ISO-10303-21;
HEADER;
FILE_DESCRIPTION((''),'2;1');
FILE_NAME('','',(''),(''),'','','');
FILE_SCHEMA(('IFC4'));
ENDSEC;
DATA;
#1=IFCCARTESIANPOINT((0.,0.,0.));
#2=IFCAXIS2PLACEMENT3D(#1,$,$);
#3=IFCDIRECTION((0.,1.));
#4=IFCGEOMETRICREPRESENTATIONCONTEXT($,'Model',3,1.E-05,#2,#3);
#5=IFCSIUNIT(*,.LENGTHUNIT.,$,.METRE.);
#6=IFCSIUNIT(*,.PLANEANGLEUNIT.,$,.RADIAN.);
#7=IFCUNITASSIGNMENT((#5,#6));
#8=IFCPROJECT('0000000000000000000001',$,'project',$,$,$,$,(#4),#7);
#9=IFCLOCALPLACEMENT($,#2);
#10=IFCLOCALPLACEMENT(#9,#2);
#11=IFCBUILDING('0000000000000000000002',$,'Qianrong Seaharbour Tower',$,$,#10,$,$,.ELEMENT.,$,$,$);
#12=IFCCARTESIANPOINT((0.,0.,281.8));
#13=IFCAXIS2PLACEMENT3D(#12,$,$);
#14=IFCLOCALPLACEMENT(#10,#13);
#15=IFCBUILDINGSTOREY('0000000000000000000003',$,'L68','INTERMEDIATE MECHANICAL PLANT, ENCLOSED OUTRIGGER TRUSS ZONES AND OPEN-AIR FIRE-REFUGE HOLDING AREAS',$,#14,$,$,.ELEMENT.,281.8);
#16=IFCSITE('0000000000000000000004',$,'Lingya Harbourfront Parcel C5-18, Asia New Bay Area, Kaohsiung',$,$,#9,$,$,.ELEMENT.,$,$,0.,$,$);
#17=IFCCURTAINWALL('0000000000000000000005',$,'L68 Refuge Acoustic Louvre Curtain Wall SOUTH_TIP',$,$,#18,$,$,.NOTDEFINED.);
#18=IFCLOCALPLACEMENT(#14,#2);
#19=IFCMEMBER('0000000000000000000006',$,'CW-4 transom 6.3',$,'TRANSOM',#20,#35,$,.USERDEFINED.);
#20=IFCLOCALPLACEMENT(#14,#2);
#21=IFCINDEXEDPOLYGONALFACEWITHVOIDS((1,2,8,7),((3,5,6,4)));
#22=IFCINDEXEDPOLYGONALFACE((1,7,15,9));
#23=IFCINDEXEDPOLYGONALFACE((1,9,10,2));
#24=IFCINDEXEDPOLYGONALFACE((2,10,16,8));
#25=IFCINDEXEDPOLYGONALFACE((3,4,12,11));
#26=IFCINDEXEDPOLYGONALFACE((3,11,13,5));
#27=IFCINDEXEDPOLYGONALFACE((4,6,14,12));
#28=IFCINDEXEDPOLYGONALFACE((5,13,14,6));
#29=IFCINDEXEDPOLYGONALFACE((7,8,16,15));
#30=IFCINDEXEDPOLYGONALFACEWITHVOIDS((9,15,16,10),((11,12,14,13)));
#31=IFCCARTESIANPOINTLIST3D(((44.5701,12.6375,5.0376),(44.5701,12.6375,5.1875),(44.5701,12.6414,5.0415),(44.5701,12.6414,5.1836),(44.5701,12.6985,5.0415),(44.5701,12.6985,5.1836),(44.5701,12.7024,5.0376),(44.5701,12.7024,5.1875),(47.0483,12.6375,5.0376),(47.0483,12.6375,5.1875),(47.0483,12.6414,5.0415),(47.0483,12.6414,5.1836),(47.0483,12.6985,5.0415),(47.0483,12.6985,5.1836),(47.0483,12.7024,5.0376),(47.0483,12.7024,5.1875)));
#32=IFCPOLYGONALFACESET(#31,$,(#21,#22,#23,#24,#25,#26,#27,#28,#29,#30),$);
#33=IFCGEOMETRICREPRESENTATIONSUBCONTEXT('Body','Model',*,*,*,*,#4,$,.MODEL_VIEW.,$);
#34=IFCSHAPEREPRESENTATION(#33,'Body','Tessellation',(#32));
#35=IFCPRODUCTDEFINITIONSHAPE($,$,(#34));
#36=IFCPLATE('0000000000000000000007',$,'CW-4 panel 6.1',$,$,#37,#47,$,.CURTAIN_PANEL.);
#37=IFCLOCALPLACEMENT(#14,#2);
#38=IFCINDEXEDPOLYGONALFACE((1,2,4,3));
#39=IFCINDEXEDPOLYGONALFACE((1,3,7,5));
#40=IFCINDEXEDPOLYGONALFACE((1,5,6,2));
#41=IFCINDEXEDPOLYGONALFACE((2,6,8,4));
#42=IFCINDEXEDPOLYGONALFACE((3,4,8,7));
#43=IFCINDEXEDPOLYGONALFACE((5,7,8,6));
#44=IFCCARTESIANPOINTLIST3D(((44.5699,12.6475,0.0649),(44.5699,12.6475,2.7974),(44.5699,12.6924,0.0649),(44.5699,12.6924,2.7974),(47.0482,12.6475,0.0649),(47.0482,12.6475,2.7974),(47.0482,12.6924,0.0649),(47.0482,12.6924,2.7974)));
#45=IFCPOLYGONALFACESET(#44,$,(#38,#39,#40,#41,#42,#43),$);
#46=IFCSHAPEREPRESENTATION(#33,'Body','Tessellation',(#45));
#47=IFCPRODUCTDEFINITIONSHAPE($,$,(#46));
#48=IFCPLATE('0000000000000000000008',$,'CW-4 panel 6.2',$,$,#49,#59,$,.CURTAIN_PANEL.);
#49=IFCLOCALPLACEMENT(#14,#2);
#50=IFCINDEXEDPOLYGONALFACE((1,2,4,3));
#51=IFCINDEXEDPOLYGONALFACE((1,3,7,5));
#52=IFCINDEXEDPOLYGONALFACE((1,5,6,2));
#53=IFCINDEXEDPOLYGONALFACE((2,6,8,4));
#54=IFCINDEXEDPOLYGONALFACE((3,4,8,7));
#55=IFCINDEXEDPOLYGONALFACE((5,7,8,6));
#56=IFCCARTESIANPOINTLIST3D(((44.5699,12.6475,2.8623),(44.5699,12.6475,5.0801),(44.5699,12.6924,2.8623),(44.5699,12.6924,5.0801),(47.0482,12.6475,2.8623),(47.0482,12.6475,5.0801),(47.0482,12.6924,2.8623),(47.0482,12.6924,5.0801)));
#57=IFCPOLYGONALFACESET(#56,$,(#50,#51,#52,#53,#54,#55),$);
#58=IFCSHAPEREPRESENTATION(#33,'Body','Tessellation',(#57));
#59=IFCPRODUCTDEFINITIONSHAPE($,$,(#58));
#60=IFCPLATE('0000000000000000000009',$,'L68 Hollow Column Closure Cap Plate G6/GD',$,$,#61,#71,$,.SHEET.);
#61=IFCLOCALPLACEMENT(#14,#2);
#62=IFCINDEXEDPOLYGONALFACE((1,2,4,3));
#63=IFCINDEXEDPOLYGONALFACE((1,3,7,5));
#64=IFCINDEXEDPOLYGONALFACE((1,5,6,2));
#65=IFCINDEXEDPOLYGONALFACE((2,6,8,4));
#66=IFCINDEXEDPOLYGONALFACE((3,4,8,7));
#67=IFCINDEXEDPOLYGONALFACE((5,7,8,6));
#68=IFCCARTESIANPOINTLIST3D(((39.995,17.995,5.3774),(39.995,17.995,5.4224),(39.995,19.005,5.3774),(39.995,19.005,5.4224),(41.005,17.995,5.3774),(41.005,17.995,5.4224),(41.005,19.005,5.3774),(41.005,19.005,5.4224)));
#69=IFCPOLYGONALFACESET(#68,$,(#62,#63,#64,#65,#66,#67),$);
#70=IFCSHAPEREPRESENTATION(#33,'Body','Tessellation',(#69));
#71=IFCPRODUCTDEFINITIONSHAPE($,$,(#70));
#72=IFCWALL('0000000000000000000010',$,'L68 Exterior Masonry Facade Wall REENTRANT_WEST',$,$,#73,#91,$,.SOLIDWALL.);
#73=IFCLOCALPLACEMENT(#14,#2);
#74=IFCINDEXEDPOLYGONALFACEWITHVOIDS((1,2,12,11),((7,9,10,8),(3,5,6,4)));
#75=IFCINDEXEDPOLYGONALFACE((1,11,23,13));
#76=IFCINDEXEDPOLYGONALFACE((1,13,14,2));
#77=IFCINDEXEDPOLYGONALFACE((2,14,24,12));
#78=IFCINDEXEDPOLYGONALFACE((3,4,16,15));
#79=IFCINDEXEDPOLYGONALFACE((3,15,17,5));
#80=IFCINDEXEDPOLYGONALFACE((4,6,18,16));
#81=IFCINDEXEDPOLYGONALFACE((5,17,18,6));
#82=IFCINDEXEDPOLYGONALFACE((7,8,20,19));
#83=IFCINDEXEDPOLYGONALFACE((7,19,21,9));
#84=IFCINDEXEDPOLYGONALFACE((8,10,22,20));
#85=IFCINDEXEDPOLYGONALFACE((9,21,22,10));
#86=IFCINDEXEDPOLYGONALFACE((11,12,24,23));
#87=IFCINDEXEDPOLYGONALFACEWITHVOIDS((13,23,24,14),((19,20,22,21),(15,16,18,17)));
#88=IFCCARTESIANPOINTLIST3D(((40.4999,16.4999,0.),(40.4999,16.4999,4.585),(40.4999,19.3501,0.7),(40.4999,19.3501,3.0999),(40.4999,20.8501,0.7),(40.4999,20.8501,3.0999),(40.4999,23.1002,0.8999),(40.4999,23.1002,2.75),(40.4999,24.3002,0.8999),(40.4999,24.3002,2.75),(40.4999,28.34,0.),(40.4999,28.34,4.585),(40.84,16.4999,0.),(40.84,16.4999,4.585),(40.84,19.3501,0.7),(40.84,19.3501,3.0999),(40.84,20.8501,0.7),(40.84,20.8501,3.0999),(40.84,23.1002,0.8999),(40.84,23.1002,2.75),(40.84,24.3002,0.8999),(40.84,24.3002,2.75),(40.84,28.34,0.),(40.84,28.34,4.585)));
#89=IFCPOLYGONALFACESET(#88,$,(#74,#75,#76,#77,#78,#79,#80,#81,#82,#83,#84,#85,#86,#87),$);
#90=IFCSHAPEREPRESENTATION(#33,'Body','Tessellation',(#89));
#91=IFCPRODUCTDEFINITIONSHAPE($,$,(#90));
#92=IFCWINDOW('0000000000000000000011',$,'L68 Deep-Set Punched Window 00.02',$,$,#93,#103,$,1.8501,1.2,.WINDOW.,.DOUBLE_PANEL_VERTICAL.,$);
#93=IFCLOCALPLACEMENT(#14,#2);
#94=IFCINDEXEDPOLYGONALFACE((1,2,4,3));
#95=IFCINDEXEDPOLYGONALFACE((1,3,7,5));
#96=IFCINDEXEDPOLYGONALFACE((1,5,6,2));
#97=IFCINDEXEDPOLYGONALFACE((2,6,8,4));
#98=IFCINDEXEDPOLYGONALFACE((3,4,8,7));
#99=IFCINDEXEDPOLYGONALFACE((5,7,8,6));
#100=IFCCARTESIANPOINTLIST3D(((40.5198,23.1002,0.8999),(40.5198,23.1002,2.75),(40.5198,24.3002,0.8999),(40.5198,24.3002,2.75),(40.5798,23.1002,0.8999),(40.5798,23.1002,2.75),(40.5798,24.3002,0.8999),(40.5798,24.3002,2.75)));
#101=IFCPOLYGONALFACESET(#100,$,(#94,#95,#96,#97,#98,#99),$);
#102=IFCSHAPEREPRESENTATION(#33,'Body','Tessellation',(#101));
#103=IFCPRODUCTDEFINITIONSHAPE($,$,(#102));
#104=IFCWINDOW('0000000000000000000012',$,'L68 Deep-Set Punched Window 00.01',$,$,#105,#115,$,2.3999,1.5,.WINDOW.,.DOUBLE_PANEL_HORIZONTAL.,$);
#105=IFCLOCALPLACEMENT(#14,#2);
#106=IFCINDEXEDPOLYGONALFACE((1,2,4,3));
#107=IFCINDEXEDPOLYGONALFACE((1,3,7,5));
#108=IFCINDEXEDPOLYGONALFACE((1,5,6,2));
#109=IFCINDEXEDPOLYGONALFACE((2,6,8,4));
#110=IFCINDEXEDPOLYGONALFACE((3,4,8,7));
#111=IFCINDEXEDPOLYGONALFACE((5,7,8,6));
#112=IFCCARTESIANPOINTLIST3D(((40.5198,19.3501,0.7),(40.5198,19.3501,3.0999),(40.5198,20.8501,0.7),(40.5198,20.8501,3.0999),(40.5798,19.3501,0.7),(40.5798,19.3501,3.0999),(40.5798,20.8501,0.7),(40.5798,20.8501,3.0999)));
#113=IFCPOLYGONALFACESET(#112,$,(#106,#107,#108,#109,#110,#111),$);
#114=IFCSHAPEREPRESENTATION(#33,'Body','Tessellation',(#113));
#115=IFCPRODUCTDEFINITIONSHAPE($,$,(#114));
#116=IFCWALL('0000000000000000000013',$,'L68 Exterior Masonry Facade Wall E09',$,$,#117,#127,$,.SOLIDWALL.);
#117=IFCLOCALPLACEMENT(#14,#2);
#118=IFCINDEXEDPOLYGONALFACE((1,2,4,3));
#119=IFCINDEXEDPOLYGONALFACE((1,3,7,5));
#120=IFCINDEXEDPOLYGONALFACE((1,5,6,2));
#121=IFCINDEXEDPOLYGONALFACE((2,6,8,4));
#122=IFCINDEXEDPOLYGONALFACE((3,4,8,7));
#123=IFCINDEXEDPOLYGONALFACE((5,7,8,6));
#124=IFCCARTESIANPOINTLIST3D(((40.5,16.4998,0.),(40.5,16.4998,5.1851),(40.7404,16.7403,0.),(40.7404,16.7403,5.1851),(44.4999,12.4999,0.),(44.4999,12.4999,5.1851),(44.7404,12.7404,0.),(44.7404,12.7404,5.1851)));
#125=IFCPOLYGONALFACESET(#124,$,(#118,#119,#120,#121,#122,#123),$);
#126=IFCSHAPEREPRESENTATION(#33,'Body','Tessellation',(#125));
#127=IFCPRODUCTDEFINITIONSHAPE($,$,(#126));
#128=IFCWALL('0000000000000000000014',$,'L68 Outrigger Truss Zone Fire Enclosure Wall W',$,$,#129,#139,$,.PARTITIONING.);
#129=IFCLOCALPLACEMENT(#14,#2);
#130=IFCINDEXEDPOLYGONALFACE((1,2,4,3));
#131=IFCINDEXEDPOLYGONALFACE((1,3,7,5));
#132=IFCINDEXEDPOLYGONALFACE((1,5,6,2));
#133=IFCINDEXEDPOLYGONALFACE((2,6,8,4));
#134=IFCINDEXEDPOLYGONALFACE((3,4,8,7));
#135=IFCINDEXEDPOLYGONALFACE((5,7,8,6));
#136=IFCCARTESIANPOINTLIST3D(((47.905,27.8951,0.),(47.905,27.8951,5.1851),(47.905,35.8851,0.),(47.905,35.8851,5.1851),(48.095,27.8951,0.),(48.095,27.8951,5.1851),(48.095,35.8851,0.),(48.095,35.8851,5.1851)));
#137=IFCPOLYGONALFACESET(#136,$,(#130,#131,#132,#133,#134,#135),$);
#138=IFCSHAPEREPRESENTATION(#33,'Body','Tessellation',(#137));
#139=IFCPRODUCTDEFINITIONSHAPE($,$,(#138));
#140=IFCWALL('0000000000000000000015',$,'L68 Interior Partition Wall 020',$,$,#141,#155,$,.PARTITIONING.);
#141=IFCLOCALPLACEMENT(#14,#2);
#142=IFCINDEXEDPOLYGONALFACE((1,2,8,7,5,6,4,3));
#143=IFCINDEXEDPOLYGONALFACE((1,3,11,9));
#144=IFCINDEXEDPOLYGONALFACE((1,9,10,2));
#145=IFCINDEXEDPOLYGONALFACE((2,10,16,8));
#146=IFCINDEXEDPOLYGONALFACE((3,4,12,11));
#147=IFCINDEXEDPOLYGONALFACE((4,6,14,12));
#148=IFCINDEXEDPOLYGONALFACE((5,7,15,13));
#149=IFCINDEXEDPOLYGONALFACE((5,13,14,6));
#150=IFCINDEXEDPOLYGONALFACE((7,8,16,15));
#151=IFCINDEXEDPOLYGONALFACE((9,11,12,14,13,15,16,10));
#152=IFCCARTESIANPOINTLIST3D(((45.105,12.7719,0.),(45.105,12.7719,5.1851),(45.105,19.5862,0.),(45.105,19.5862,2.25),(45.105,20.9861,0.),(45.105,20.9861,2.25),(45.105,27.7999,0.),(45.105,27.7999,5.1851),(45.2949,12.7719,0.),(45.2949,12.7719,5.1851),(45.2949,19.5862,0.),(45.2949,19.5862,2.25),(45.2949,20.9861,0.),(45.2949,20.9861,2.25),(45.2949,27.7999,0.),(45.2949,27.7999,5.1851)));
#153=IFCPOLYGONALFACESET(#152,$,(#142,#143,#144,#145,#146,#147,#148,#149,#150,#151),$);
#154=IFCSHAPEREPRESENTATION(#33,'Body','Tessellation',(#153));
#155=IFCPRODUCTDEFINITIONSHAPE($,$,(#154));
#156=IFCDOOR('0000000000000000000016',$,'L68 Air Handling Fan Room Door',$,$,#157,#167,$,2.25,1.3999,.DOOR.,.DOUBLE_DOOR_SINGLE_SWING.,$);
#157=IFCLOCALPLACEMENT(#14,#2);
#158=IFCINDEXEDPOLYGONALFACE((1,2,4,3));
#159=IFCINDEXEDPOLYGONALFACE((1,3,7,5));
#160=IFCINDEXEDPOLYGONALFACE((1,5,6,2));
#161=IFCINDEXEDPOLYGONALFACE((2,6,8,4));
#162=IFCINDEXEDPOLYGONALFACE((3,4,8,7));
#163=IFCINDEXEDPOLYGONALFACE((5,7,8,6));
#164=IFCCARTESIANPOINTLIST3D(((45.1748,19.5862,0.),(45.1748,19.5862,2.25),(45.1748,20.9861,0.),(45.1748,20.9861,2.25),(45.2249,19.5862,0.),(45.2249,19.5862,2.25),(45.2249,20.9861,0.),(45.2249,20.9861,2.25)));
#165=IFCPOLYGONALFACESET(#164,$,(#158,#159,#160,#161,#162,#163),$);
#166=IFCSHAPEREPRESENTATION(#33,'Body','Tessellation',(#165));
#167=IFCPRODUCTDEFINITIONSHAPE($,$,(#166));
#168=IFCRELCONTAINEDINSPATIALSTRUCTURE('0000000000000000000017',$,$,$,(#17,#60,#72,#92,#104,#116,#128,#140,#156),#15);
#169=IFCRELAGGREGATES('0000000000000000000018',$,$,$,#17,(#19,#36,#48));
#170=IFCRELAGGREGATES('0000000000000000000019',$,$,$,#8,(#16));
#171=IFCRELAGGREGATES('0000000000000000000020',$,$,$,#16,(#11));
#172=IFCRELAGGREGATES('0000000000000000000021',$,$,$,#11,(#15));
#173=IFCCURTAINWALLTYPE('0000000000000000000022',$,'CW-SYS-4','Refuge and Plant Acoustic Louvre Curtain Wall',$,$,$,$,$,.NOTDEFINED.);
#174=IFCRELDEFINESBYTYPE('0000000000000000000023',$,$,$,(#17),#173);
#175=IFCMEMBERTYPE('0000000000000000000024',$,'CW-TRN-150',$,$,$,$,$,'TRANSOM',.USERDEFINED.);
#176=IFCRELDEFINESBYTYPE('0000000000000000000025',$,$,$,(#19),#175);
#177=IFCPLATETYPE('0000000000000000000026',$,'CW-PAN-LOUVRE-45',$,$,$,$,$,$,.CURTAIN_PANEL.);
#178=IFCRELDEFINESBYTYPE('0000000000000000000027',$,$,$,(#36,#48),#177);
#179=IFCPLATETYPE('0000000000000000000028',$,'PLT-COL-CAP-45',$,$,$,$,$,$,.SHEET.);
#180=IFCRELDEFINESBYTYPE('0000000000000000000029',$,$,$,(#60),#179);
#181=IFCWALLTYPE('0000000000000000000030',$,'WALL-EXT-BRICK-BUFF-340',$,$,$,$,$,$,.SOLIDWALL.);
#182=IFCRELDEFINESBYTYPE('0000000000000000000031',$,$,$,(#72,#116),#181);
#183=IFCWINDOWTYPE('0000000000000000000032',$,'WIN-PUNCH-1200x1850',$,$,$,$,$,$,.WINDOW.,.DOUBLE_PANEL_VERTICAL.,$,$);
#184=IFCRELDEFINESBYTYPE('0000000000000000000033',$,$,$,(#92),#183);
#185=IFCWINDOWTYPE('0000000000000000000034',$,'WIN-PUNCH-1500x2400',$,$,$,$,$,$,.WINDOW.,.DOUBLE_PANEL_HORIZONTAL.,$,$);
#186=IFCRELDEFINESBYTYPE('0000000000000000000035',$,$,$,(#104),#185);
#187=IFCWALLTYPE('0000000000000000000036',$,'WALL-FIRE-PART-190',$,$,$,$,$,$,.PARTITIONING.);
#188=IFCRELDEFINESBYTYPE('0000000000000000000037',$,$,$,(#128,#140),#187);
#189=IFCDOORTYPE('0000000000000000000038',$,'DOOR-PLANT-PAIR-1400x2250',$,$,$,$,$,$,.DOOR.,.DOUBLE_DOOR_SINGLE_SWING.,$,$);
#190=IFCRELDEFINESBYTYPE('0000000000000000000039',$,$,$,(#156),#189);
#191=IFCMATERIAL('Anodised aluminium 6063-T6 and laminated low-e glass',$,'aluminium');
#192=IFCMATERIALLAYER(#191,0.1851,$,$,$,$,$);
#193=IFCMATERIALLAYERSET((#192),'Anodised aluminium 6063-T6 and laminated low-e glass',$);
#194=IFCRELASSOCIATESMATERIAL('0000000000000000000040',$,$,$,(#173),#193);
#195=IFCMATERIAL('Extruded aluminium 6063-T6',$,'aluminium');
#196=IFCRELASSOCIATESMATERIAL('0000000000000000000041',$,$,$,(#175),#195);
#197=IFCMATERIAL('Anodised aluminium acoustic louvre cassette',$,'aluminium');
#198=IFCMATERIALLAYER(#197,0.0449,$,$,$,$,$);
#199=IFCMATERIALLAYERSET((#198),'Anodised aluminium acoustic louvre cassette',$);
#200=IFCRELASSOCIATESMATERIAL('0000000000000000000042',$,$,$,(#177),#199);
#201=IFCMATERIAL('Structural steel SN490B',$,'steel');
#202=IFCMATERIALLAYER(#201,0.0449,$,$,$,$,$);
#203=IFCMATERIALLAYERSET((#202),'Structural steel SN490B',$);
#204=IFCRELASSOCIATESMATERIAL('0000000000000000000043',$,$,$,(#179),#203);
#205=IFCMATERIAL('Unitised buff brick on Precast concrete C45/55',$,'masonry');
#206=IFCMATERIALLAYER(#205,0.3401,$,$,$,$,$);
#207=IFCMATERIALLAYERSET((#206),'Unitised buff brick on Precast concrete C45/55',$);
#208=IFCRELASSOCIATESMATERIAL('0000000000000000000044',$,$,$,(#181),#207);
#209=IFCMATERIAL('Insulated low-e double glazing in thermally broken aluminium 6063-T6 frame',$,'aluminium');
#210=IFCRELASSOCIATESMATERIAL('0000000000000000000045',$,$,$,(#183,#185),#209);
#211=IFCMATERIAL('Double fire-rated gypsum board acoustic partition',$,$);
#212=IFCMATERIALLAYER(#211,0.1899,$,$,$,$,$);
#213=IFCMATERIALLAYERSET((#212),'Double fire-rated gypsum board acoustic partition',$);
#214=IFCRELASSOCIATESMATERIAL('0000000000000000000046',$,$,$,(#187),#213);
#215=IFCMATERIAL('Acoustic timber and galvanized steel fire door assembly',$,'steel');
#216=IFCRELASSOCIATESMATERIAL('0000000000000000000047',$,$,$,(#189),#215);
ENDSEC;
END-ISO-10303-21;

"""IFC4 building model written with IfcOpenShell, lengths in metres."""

from ifc_helpers import new_model, si_unit, direction, frame, frame_2d, origin, origin_2d, place, context, subcontext, project, spatial, rectangle, hollow_rectangle, extrude, material, layer, layer_set, material_profile, profile_set, type_object, element, fill, aggregate, save


model = new_model("IFC4")

# Units and contexts
model_context = context("Model", 3, precision=1e-05, world=origin(), true_north=direction((0.0, 1.0)))
body_context = subcontext(model_context, "Body", "Model", "MODEL_VIEW")
ifc_project = project(units=[si_unit("LENGTHUNIT", "METRE"), si_unit("PLANEANGLEUNIT", "RADIAN")], contexts=[model_context])

# Site, building, storey
site_placement = place(None, origin())
site = spatial("IfcSite", under=ifc_project, at=site_placement, Name="Lingya Harbourfront Parcel C5-18, Asia New Bay Area, Kaohsiung", CompositionType="ELEMENT", RefElevation=0.0)
building_placement = place(site_placement, origin())
building = spatial("IfcBuilding", under=site, at=building_placement, Name="Qianrong Seaharbour Tower", CompositionType="ELEMENT")
storey_placement = place(building_placement, frame((0.0, 0.0, 281.8)))
storey = spatial("IfcBuildingStorey", under=building, at=storey_placement, Name="L68", Description="INTERMEDIATE MECHANICAL PLANT, ENCLOSED OUTRIGGER TRUSS ZONES AND OPEN-AIR FIRE-REFUGE HOLDING AREAS", CompositionType="ELEMENT", Elevation=281.8)

# Shared definitions
ifc_material_1 = material(Name="Structural steel SN490B", Category="steel")

# Curtain wall, member, plates
ifc_material_2 = material(Name="Anodised aluminium 6063-T6 and laminated low-e glass", Category="aluminium")
ifc_layer_1 = layer(ifc_material_2, 0.1851)
ifc_layer_set_1 = layer_set([ifc_layer_1], Name="Anodised aluminium 6063-T6 and laminated low-e glass")
curtain_wall_type = type_object("IfcCurtainWallType", Name="CW-SYS-4", Description="Refuge and Plant Acoustic Louvre Curtain Wall", PredefinedType="NOTDEFINED", material=ifc_layer_set_1)
curtain_wall_placement = place(storey_placement, origin())
curtain_wall = element("IfcCurtainWall", 1, at=curtain_wall_placement, inside=storey, type_object=curtain_wall_type, Name="L68 Refuge Acoustic Louvre Curtain Wall SOUTH_TIP", PredefinedType="NOTDEFINED")
ifc_material_3 = material(Name="Extruded aluminium 6063-T6", Category="aluminium")
ifc_material_profile_1 = material_profile(ifc_material_3, hollow_rectangle(XDim=0.0649, YDim=0.1499, WallThickness=0.0039, at=origin_2d()), Name="ALU-TRN-150x65x4")
ifc_profile_set_1 = profile_set([ifc_material_profile_1], Name="Extruded aluminium 6063-T6")
member_type_1 = type_object("IfcMemberType", Name="CW-TRN-150", ElementType="TRANSOM", PredefinedType="USERDEFINED", material=ifc_profile_set_1)
member_1_placement = place(storey_placement, frame((47.0483, 12.6699, 5.1125), z_axis=(-1.0, 0.0, 0.0), x_axis=(0.0, -1.0, 0.0)))
member_1 = element("IfcMember", 2, at=member_1_placement, type_object=member_type_1, Name="CW-4 transom 6.3", ObjectType="TRANSOM", PredefinedType="USERDEFINED", context=body_context, shape_type="SweptSolid", body=[
    extrude(hollow_rectangle(XDim=0.0649, YDim=0.1499, WallThickness=0.0039, at=origin_2d()), origin(), (0.0, 0.0, 1.0), 2.4783),
])
ifc_material_4 = material(Name="Anodised aluminium acoustic louvre cassette", Category="aluminium")
ifc_layer_2 = layer(ifc_material_4, 0.0449)
ifc_layer_set_2 = layer_set([ifc_layer_2], Name="Anodised aluminium acoustic louvre cassette")
plate_type_1 = type_object("IfcPlateType", Name="CW-PAN-LOUVRE-45", PredefinedType="CURTAIN_PANEL", material=ifc_layer_set_2)
plate_1_placement = place(storey_placement, frame((45.8091, 12.6699, 0.0649), z_axis=(0.0, 0.0, 1.0), x_axis=(-1.0, 0.0, 0.0)))
plate_1 = element("IfcPlate", 3, at=plate_1_placement, type_object=plate_type_1, Name="CW-4 panel 6.1", PredefinedType="CURTAIN_PANEL", context=body_context, shape_type="SweptSolid", body=[
    extrude(rectangle(XDim=2.4783, YDim=0.0449, at=origin_2d()), origin(), (0.0, 0.0, 1.0), 2.7324),
])
plate_2_placement = place(storey_placement, frame((45.8091, 12.6699, 2.8623), z_axis=(0.0, 0.0, 1.0), x_axis=(-1.0, 0.0, 0.0)))
plate_2 = element("IfcPlate", 4, at=plate_2_placement, type_object=plate_type_1, Name="CW-4 panel 6.2", PredefinedType="CURTAIN_PANEL", context=body_context, shape_type="SweptSolid", body=[
    extrude(rectangle(XDim=2.4783, YDim=0.0449, at=origin_2d()), origin(), (0.0, 0.0, 1.0), 2.2178),
])
aggregate(curtain_wall, [member_1, plate_1, plate_2])

# Plate
ifc_layer_3 = layer(ifc_material_1, 0.0449)
ifc_layer_set_3 = layer_set([ifc_layer_3], Name="Structural steel SN490B")
plate_type_2 = type_object("IfcPlateType", Name="PLT-COL-CAP-45", PredefinedType="SHEET", material=ifc_layer_set_3)
plate_3_placement = place(storey_placement, frame((40.5, 18.5, 5.3774), z_axis=(0.0, 0.0, 1.0), x_axis=(1.0, 0.0, 0.0)))
element("IfcPlate", 5, at=plate_3_placement, inside=storey, type_object=plate_type_2, Name="L68 Hollow Column Closure Cap Plate G6/GD", PredefinedType="SHEET", context=body_context, shape_type="SweptSolid", body=[
    extrude(rectangle(XDim=1.01, YDim=1.01, at=origin_2d()), origin(), (0.0, 0.0, 1.0), 0.0449),
])

# Wall, openings, windows
ifc_material_5 = material(Name="Unitised buff brick on Precast concrete C45/55", Category="masonry")
ifc_layer_4 = layer(ifc_material_5, 0.3401)
ifc_layer_set_4 = layer_set([ifc_layer_4], Name="Unitised buff brick on Precast concrete C45/55")
wall_type_1 = type_object("IfcWallType", Name="WALL-EXT-BRICK-BUFF-340", PredefinedType="SOLIDWALL", material=ifc_layer_set_4)
wall_1_placement = place(storey_placement, frame((40.6699, 16.5, 0.0), z_axis=(0.0, 0.0, 1.0), x_axis=(0.0, 1.0, 0.0)))
wall_1 = element("IfcWall", 6, at=wall_1_placement, inside=storey, type_object=wall_type_1, Name="L68 Exterior Masonry Facade Wall REENTRANT_WEST", PredefinedType="SOLIDWALL", context=body_context, shape_type="SweptSolid", body=[
    extrude(rectangle(XDim=11.8401, YDim=0.3401, at=frame_2d((5.9199, 0.0))), origin(), (0.0, 0.0, 1.0), 4.585),
])
opening_1_placement = place(wall_1_placement, frame((2.8501, 0.0, 0.7)))
opening_1 = element("IfcOpeningElement", 7, at=opening_1_placement, cuts=wall_1, PredefinedType="OPENING", context=body_context, shape_type="SweptSolid", body=[
    extrude(rectangle(XDim=1.5, YDim=2.3999, at=frame_2d((0.75, 1.2))), frame((0.0, 0.1802, 0.0), z_axis=(0.0, -1.0, 0.0), x_axis=(1.0, 0.0, 0.0)), (0.0, 0.0, 1.0), 0.3601),
])
opening_2_placement = place(wall_1_placement, frame((6.6001, 0.0, 0.8999)))
opening_2 = element("IfcOpeningElement", 8, at=opening_2_placement, cuts=wall_1, PredefinedType="OPENING", context=body_context, shape_type="SweptSolid", body=[
    extrude(rectangle(XDim=1.2, YDim=1.8501, at=frame_2d((0.6001, 0.925))), frame((0.0, 0.1802, 0.0), z_axis=(0.0, -1.0, 0.0), x_axis=(1.0, 0.0, 0.0)), (0.0, 0.0, 1.0), 0.3601),
])
ifc_material_6 = material(Name="Insulated low-e double glazing in thermally broken aluminium 6063-T6 frame", Category="aluminium")
window_type_1 = type_object("IfcWindowType", Name="WIN-PUNCH-1200x1850", PartitioningType="DOUBLE_PANEL_VERTICAL", PredefinedType="WINDOW", material=ifc_material_6)
window_1_placement = place(opening_2_placement, origin())
window_1 = element("IfcWindow", 9, at=window_1_placement, inside=storey, type_object=window_type_1, Name="L68 Deep-Set Punched Window 00.02", OverallHeight=1.8501, OverallWidth=1.2, PartitioningType="DOUBLE_PANEL_VERTICAL", PredefinedType="WINDOW", context=body_context, shape_type="SweptSolid", body=[
    extrude(rectangle(XDim=1.2, YDim=1.8501, at=frame_2d((0.6001, 0.925))), frame((0.0, 0.1501, 0.0), z_axis=(0.0, -1.0, 0.0), x_axis=(1.0, 0.0, 0.0)), (0.0, 0.0, 1.0), 0.0601),
])
fill(opening_2, window_1)
window_type_2 = type_object("IfcWindowType", Name="WIN-PUNCH-1500x2400", PartitioningType="DOUBLE_PANEL_HORIZONTAL", PredefinedType="WINDOW", material=ifc_material_6)
window_2_placement = place(opening_1_placement, origin())
window_2 = element("IfcWindow", 10, at=window_2_placement, inside=storey, type_object=window_type_2, Name="L68 Deep-Set Punched Window 00.01", OverallHeight=2.3999, OverallWidth=1.5, PartitioningType="DOUBLE_PANEL_HORIZONTAL", PredefinedType="WINDOW", context=body_context, shape_type="SweptSolid", body=[
    extrude(rectangle(XDim=1.5, YDim=2.3999, at=frame_2d((0.75, 1.2))), frame((0.0, 0.1501, 0.0), z_axis=(0.0, -1.0, 0.0), x_axis=(1.0, 0.0, 0.0)), (0.0, 0.0, 1.0), 0.0601),
])
fill(opening_1, window_2)

# Walls
wall_2_placement = place(storey_placement, frame((44.6201, 12.6201, 0.0), z_axis=(0.0, 0.0, 1.0), x_axis=(-0.707107, 0.707107, 0.0)))
element("IfcWall", 11, at=wall_2_placement, inside=storey, type_object=wall_type_1, Name="L68 Exterior Masonry Facade Wall E09", PredefinedType="SOLIDWALL", context=body_context, shape_type="SweptSolid", body=[
    extrude(rectangle(XDim=5.6567, YDim=0.3401, at=frame_2d((2.8284, 0.0))), origin(), (0.0, 0.0, 1.0), 5.1851),
])
ifc_material_7 = material(Name="Double fire-rated gypsum board acoustic partition")
ifc_layer_5 = layer(ifc_material_7, 0.1899)
ifc_layer_set_5 = layer_set([ifc_layer_5], Name="Double fire-rated gypsum board acoustic partition")
wall_type_2 = type_object("IfcWallType", Name="WALL-FIRE-PART-190", PredefinedType="PARTITIONING", material=ifc_layer_set_5)
wall_3_placement = place(storey_placement, frame((48.0, 27.895, 0.0), z_axis=(0.0, 0.0, 1.0), x_axis=(0.0, 1.0, 0.0)))
element("IfcWall", 12, at=wall_3_placement, inside=storey, type_object=wall_type_2, Name="L68 Outrigger Truss Zone Fire Enclosure Wall W", PredefinedType="PARTITIONING", context=body_context, shape_type="SweptSolid", body=[
    extrude(rectangle(XDim=7.99, YDim=0.1899, at=frame_2d((3.9951, 0.0))), origin(), (0.0, 0.0, 1.0), 5.1851),
])

# Wall, opening, door
wall_4_placement = place(storey_placement, frame((45.2, 27.8, 0.0), z_axis=(0.0, 0.0, 1.0), x_axis=(0.0, -1.0, 0.0)))
wall_4 = element("IfcWall", 13, at=wall_4_placement, inside=storey, type_object=wall_type_2, Name="L68 Interior Partition Wall 020", PredefinedType="PARTITIONING", context=body_context, shape_type="SweptSolid", body=[
    extrude(rectangle(XDim=15.0281, YDim=0.1899, at=frame_2d((7.5142, 0.0))), origin(), (0.0, 0.0, 1.0), 5.1851),
])
opening_3_placement = place(wall_4_placement, frame((6.814, 0.0, 0.0)))
opening_3 = element("IfcOpeningElement", 14, at=opening_3_placement, cuts=wall_4, PredefinedType="OPENING", context=body_context, shape_type="SweptSolid", body=[
    extrude(rectangle(XDim=1.3999, YDim=2.25, at=frame_2d((0.7, 1.125))), frame((0.0, 0.105, 0.0), z_axis=(0.0, -1.0, 0.0), x_axis=(1.0, 0.0, 0.0)), (0.0, 0.0, 1.0), 0.21),
])
ifc_material_8 = material(Name="Acoustic timber and galvanized steel fire door assembly", Category="steel")
door_type = type_object("IfcDoorType", Name="DOOR-PLANT-PAIR-1400x2250", OperationType="DOUBLE_DOOR_SINGLE_SWING", PredefinedType="DOOR", material=ifc_material_8)
door_1_placement = place(opening_3_placement, origin())
door_1 = element("IfcDoor", 15, at=door_1_placement, inside=storey, type_object=door_type, Name="L68 Air Handling Fan Room Door", OperationType="DOUBLE_DOOR_SINGLE_SWING", OverallHeight=2.25, OverallWidth=1.3999, PredefinedType="DOOR", context=body_context, shape_type="SweptSolid", body=[
    extrude(rectangle(XDim=1.3999, YDim=2.25, at=frame_2d((0.7, 1.125))), frame((0.0, 0.0249, 0.0), z_axis=(0.0, -1.0, 0.0), x_axis=(1.0, 0.0, 0.0)), (0.0, 0.0, 1.0), 0.05),
])
fill(opening_3, door_1)

save(model, "model.ifc")
